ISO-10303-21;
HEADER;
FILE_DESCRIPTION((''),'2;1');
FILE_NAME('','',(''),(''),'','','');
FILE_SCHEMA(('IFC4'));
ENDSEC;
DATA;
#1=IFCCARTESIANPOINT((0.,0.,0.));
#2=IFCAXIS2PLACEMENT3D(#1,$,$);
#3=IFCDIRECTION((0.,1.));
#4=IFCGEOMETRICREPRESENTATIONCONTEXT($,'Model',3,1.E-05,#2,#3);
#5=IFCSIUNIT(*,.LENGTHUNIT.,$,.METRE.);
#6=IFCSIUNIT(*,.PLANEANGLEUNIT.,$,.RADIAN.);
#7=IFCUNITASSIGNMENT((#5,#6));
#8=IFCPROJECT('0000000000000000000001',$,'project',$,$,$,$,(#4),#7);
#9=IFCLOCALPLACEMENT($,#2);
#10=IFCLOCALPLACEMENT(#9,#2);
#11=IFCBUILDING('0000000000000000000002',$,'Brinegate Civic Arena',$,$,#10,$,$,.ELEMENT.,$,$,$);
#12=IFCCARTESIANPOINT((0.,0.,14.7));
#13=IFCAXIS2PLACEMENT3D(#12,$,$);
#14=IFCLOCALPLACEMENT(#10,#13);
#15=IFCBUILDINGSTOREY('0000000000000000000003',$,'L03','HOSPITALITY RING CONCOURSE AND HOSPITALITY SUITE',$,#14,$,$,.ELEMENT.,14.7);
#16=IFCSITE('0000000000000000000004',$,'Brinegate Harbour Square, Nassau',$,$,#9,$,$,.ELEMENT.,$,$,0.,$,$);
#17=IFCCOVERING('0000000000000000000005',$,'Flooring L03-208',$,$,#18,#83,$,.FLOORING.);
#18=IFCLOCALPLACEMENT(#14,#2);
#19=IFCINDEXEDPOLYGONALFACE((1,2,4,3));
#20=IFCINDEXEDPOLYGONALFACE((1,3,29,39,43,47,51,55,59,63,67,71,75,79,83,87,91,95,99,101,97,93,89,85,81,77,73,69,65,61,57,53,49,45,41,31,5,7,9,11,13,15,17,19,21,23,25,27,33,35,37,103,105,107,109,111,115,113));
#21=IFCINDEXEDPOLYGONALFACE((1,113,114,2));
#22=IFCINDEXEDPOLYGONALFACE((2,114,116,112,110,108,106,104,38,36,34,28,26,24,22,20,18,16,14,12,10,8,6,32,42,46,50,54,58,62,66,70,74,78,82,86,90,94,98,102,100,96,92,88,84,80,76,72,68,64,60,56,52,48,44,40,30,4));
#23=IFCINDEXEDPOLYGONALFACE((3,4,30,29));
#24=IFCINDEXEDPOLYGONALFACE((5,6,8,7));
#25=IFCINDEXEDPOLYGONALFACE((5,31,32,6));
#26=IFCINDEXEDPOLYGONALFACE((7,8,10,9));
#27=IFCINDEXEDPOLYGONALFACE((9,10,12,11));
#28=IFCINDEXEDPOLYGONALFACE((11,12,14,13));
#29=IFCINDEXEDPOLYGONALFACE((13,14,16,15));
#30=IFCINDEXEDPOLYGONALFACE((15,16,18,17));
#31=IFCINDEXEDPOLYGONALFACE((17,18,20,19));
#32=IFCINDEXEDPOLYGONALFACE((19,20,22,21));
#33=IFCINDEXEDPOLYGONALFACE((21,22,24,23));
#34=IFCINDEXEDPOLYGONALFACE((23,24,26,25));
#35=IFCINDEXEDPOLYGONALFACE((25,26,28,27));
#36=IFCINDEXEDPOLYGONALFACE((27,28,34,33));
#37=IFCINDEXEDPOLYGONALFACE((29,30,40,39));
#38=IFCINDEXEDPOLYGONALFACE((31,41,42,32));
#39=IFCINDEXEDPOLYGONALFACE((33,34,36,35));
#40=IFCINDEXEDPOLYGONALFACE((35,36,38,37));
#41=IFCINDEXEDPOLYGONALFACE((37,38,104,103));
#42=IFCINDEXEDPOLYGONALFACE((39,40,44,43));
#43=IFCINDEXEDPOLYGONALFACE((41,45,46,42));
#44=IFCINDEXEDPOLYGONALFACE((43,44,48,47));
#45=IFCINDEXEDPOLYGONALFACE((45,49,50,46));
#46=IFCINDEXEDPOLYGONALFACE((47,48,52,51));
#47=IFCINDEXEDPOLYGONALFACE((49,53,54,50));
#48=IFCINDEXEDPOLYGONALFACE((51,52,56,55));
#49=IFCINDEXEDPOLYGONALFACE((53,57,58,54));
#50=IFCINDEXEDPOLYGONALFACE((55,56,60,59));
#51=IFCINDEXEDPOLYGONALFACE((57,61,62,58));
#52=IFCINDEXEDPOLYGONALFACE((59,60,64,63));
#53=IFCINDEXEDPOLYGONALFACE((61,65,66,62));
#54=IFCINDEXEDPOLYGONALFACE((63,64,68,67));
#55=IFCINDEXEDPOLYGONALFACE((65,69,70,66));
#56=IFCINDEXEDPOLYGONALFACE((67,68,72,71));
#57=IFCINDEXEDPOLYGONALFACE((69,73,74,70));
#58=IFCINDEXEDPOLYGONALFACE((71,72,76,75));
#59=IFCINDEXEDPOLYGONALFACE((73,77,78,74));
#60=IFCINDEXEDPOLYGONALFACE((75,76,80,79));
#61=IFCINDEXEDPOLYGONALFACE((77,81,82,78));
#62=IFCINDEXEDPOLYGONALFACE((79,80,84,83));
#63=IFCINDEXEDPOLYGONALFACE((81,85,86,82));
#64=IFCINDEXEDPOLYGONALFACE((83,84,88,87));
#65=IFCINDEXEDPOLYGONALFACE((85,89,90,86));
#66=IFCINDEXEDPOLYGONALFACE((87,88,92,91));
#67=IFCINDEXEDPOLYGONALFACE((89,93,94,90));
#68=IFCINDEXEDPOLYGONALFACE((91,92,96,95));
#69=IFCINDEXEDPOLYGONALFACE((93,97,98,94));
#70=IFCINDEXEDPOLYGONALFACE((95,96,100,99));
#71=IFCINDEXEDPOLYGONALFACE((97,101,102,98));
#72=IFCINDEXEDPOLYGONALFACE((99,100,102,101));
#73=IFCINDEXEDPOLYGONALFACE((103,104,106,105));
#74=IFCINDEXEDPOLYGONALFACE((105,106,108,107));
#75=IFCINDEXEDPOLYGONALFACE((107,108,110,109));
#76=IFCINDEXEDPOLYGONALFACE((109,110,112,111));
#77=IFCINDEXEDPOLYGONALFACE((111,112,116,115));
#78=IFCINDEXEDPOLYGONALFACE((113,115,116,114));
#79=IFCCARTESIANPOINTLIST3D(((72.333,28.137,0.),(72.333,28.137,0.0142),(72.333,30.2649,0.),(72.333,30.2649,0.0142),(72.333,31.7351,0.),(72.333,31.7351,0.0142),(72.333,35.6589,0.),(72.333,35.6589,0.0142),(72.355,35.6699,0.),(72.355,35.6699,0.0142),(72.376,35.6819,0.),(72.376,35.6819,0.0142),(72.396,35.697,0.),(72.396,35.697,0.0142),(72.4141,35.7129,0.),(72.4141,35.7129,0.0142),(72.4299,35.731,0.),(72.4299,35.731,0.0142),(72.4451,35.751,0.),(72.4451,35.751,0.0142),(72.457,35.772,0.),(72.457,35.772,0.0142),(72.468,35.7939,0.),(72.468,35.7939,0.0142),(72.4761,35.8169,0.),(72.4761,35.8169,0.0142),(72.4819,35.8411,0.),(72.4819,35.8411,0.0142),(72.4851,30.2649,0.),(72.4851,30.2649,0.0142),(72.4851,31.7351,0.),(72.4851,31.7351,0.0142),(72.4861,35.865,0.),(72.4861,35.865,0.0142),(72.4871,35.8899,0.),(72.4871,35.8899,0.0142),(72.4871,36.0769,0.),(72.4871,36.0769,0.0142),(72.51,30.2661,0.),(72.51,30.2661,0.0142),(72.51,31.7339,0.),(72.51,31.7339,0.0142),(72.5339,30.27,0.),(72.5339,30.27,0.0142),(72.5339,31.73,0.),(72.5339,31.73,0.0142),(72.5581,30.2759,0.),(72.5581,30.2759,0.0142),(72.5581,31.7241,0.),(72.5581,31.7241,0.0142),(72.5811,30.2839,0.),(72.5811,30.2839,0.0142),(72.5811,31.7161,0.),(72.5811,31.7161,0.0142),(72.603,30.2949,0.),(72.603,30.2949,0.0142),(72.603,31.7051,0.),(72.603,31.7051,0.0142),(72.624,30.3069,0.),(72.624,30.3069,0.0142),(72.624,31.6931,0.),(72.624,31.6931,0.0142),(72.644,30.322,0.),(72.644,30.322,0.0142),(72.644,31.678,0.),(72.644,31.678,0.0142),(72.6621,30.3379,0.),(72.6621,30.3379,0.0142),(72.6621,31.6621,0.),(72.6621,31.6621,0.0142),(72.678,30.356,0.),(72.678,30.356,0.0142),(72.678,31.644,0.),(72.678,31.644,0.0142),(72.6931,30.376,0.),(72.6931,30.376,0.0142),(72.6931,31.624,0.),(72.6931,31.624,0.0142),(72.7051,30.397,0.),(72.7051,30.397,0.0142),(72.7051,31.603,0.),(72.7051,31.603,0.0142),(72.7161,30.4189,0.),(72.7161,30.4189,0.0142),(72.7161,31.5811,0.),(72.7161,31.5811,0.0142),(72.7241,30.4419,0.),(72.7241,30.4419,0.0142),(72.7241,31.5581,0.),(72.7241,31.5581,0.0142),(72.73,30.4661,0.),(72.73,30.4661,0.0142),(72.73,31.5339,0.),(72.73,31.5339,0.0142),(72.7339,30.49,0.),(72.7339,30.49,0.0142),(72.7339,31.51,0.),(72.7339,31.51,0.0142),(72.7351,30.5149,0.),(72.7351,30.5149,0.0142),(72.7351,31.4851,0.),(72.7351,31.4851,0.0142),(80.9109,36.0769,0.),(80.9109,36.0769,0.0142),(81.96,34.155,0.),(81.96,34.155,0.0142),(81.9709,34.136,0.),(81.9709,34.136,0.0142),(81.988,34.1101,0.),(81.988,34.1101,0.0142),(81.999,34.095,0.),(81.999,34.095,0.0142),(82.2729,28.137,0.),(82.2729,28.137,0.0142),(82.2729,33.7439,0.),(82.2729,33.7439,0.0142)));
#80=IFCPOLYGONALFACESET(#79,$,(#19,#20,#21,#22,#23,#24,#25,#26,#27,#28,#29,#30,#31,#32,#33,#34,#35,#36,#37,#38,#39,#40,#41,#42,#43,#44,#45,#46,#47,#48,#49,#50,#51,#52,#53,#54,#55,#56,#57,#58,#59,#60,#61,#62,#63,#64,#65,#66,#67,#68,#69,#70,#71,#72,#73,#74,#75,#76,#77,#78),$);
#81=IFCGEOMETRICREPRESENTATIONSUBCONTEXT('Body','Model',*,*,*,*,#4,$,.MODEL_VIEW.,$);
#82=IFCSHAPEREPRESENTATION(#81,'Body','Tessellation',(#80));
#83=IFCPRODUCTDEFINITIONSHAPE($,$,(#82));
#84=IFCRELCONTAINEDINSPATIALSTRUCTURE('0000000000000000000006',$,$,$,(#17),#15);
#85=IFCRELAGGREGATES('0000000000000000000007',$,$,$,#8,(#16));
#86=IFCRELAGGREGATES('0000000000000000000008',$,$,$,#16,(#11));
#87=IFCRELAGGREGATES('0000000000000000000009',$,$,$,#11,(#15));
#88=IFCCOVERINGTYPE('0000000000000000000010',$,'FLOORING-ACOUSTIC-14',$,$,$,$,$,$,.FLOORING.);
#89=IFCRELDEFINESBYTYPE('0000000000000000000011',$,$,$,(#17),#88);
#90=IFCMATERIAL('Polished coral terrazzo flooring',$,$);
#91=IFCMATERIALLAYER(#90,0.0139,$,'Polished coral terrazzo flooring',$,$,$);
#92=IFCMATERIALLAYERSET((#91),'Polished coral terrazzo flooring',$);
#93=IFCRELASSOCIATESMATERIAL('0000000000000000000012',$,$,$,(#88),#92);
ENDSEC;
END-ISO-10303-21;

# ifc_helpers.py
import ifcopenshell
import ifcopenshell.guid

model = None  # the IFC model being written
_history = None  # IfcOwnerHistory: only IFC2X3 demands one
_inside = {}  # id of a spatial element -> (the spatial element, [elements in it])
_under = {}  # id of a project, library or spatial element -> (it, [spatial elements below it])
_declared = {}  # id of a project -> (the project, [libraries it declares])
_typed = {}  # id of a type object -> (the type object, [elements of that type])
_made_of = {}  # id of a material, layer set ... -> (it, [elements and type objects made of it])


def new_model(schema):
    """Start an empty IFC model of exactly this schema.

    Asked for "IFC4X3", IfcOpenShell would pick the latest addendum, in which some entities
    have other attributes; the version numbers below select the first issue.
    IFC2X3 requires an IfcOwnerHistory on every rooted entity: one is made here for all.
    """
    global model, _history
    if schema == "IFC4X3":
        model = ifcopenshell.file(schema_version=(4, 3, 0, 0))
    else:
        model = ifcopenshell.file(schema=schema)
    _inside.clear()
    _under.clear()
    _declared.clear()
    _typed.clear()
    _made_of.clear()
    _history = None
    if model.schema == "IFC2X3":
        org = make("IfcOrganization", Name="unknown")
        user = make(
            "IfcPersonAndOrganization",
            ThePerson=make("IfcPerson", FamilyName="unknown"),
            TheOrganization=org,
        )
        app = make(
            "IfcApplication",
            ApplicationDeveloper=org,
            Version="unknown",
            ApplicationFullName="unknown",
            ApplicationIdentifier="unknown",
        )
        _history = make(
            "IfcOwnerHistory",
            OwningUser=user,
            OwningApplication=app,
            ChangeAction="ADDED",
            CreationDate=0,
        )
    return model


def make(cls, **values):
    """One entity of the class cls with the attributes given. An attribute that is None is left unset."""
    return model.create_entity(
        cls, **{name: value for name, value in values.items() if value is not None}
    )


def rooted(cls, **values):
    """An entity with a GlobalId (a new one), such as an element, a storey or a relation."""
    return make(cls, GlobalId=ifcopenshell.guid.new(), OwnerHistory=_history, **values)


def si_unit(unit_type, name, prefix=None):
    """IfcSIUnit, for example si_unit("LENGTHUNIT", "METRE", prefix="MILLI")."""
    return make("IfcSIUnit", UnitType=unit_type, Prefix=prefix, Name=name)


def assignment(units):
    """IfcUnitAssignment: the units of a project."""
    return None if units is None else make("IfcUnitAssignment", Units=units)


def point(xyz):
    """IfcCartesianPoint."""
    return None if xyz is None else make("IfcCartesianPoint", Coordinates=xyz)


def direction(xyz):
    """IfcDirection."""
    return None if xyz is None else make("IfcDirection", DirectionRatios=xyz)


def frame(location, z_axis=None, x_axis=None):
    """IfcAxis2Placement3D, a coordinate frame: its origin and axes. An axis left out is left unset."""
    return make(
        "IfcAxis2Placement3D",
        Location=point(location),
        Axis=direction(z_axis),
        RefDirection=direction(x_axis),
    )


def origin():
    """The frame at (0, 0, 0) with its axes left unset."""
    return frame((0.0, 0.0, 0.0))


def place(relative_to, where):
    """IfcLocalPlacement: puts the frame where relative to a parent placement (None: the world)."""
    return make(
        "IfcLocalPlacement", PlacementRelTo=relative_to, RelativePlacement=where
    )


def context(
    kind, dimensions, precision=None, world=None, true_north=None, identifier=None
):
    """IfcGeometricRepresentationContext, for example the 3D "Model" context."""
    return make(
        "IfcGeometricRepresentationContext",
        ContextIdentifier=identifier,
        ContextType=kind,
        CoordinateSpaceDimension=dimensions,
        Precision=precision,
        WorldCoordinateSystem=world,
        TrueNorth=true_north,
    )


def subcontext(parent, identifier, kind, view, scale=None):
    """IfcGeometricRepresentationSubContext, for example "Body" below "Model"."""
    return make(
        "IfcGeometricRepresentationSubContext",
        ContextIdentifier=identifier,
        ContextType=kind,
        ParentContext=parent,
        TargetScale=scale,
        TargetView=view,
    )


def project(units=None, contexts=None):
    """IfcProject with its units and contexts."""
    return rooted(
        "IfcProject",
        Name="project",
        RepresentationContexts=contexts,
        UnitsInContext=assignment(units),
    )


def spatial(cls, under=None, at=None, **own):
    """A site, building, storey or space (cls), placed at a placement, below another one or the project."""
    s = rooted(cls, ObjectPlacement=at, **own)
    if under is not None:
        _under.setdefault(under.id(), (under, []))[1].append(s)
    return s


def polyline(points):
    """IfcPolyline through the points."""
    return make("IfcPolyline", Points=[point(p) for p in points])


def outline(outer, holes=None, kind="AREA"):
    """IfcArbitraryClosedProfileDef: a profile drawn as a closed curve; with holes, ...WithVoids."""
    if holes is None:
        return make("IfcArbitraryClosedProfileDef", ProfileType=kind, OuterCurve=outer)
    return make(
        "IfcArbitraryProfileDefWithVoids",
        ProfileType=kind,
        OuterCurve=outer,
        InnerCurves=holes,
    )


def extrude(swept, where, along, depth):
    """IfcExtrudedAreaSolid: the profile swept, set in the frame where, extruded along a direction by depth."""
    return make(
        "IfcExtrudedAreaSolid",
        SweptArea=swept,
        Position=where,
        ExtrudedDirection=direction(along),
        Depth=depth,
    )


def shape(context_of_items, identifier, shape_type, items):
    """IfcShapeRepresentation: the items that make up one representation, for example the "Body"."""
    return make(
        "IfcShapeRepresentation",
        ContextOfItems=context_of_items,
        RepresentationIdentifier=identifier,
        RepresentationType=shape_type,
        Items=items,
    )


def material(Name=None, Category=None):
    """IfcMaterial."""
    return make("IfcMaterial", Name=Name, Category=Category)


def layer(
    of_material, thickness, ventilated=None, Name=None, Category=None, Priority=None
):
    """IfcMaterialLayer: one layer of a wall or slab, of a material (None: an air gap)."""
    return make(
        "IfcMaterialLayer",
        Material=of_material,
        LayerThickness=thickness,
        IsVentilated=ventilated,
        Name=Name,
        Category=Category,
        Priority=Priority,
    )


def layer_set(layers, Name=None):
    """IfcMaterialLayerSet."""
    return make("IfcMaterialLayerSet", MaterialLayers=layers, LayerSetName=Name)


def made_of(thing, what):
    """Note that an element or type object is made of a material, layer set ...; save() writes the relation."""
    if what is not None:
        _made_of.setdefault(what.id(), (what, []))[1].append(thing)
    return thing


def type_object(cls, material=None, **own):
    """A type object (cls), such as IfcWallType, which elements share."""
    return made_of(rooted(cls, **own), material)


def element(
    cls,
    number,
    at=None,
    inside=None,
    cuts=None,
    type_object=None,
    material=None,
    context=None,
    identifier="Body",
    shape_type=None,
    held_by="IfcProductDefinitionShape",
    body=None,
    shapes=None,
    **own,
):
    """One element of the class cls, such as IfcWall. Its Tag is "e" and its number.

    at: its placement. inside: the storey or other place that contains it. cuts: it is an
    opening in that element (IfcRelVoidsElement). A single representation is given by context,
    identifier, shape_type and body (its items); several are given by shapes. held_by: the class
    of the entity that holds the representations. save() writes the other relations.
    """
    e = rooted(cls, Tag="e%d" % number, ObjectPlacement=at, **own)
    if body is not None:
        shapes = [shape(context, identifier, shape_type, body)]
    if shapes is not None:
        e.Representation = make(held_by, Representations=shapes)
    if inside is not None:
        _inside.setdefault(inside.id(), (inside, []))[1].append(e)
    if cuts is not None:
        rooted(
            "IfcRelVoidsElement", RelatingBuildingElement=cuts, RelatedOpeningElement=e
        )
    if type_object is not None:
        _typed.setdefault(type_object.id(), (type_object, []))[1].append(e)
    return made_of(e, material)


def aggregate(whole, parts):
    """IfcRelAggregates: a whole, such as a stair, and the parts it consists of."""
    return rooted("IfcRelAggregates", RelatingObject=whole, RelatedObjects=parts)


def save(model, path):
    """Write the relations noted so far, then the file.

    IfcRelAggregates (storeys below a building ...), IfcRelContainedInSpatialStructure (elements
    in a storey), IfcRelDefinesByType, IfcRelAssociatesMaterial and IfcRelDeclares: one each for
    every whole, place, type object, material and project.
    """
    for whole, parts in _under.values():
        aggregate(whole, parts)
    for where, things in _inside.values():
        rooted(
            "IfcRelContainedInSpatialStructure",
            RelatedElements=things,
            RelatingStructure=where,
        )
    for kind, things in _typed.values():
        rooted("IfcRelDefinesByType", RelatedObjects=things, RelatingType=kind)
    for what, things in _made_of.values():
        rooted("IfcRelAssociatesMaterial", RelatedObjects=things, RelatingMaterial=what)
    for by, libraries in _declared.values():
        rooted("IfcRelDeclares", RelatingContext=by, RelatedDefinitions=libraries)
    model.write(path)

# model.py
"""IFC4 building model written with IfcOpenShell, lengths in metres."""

from ifc_helpers import new_model, si_unit, direction, frame, origin, place, context, subcontext, project, spatial, polyline, outline, extrude, material, layer, layer_set, type_object, element, save


model = new_model("IFC4")

# Units and contexts
model_context = context("Model", 3, precision=1e-05, world=origin(), true_north=direction((0.0, 1.0)))
body_context = subcontext(model_context, "Body", "Model", "MODEL_VIEW")
ifc_project = project(units=[si_unit("LENGTHUNIT", "METRE"), si_unit("PLANEANGLEUNIT", "RADIAN")], contexts=[model_context])

# Site, building, storey
site_placement = place(None, origin())
site = spatial("IfcSite", under=ifc_project, at=site_placement, Name="Brinegate Harbour Square, Nassau", CompositionType="ELEMENT", RefElevation=0.0)
building_placement = place(site_placement, origin())
building = spatial("IfcBuilding", under=site, at=building_placement, Name="Brinegate Civic Arena", CompositionType="ELEMENT")
storey_placement = place(building_placement, frame((0.0, 0.0, 14.7)))
storey = spatial("IfcBuildingStorey", under=building, at=storey_placement, Name="L03", Description="HOSPITALITY RING CONCOURSE AND HOSPITALITY SUITE", CompositionType="ELEMENT", Elevation=14.7)

# Covering
ifc_material_1 = material(Name="Polished coral terrazzo flooring")
ifc_layer_1 = layer(ifc_material_1, 0.0139, Name="Polished coral terrazzo flooring")
ifc_layer_set_1 = layer_set([ifc_layer_1], Name="Polished coral terrazzo flooring")
covering_type_1 = type_object("IfcCoveringType", Name="FLOORING-ACOUSTIC-14", PredefinedType="FLOORING", material=ifc_layer_set_1)
covering_1_placement = place(storey_placement, origin())
element("IfcCovering", 1, at=covering_1_placement, inside=storey, type_object=covering_type_1, Name="Flooring L03-208", PredefinedType="FLOORING", context=body_context, shape_type="SweptSolid", body=[
    extrude(outline(polyline([(72.333, 28.137), (72.333, 30.2649), (72.4851, 30.2649), (72.51, 30.2661), (72.5339, 30.27), (72.5581, 30.2759), (72.5811, 30.2839), (72.603, 30.2949), (72.624, 30.3069), (72.644, 30.322), (72.6621, 30.3379), (72.678, 30.356), (72.6931, 30.376), (72.7051, 30.397), (72.7161, 30.4189), (72.7241, 30.4419), (72.73, 30.4661), (72.7339, 30.49), (72.7351, 30.5149), (72.7351, 31.4851), (72.7339, 31.51), (72.73, 31.5339), (72.7241, 31.5581), (72.7161, 31.5811), (72.7051, 31.603), (72.6931, 31.624), (72.678, 31.644), (72.6621, 31.6621), (72.644, 31.678), (72.624, 31.6931), (72.603, 31.7051), (72.5811, 31.7161), (72.5581, 31.7241), (72.5339, 31.73), (72.51, 31.7339), (72.4851, 31.7351), (72.333, 31.7351), (72.333, 35.6589), (72.355, 35.6699), (72.376, 35.6819), (72.396, 35.697), (72.4141, 35.7129), (72.4299, 35.731), (72.4451, 35.751), (72.457, 35.772), (72.468, 35.7939), (72.4761, 35.8169), (72.4819, 35.8411), (72.4861, 35.865), (72.4871, 35.8899), (72.4871, 36.0769), (80.9109, 36.0769), (81.96, 34.155), (81.9709, 34.136), (81.988, 34.1101), (81.999, 34.095), (82.2729, 33.7439), (82.2729, 28.137), (72.333, 28.137)])), origin(), (0.0, 0.0, 1.0), 0.0142),
])

save(model, "model.ifc")
